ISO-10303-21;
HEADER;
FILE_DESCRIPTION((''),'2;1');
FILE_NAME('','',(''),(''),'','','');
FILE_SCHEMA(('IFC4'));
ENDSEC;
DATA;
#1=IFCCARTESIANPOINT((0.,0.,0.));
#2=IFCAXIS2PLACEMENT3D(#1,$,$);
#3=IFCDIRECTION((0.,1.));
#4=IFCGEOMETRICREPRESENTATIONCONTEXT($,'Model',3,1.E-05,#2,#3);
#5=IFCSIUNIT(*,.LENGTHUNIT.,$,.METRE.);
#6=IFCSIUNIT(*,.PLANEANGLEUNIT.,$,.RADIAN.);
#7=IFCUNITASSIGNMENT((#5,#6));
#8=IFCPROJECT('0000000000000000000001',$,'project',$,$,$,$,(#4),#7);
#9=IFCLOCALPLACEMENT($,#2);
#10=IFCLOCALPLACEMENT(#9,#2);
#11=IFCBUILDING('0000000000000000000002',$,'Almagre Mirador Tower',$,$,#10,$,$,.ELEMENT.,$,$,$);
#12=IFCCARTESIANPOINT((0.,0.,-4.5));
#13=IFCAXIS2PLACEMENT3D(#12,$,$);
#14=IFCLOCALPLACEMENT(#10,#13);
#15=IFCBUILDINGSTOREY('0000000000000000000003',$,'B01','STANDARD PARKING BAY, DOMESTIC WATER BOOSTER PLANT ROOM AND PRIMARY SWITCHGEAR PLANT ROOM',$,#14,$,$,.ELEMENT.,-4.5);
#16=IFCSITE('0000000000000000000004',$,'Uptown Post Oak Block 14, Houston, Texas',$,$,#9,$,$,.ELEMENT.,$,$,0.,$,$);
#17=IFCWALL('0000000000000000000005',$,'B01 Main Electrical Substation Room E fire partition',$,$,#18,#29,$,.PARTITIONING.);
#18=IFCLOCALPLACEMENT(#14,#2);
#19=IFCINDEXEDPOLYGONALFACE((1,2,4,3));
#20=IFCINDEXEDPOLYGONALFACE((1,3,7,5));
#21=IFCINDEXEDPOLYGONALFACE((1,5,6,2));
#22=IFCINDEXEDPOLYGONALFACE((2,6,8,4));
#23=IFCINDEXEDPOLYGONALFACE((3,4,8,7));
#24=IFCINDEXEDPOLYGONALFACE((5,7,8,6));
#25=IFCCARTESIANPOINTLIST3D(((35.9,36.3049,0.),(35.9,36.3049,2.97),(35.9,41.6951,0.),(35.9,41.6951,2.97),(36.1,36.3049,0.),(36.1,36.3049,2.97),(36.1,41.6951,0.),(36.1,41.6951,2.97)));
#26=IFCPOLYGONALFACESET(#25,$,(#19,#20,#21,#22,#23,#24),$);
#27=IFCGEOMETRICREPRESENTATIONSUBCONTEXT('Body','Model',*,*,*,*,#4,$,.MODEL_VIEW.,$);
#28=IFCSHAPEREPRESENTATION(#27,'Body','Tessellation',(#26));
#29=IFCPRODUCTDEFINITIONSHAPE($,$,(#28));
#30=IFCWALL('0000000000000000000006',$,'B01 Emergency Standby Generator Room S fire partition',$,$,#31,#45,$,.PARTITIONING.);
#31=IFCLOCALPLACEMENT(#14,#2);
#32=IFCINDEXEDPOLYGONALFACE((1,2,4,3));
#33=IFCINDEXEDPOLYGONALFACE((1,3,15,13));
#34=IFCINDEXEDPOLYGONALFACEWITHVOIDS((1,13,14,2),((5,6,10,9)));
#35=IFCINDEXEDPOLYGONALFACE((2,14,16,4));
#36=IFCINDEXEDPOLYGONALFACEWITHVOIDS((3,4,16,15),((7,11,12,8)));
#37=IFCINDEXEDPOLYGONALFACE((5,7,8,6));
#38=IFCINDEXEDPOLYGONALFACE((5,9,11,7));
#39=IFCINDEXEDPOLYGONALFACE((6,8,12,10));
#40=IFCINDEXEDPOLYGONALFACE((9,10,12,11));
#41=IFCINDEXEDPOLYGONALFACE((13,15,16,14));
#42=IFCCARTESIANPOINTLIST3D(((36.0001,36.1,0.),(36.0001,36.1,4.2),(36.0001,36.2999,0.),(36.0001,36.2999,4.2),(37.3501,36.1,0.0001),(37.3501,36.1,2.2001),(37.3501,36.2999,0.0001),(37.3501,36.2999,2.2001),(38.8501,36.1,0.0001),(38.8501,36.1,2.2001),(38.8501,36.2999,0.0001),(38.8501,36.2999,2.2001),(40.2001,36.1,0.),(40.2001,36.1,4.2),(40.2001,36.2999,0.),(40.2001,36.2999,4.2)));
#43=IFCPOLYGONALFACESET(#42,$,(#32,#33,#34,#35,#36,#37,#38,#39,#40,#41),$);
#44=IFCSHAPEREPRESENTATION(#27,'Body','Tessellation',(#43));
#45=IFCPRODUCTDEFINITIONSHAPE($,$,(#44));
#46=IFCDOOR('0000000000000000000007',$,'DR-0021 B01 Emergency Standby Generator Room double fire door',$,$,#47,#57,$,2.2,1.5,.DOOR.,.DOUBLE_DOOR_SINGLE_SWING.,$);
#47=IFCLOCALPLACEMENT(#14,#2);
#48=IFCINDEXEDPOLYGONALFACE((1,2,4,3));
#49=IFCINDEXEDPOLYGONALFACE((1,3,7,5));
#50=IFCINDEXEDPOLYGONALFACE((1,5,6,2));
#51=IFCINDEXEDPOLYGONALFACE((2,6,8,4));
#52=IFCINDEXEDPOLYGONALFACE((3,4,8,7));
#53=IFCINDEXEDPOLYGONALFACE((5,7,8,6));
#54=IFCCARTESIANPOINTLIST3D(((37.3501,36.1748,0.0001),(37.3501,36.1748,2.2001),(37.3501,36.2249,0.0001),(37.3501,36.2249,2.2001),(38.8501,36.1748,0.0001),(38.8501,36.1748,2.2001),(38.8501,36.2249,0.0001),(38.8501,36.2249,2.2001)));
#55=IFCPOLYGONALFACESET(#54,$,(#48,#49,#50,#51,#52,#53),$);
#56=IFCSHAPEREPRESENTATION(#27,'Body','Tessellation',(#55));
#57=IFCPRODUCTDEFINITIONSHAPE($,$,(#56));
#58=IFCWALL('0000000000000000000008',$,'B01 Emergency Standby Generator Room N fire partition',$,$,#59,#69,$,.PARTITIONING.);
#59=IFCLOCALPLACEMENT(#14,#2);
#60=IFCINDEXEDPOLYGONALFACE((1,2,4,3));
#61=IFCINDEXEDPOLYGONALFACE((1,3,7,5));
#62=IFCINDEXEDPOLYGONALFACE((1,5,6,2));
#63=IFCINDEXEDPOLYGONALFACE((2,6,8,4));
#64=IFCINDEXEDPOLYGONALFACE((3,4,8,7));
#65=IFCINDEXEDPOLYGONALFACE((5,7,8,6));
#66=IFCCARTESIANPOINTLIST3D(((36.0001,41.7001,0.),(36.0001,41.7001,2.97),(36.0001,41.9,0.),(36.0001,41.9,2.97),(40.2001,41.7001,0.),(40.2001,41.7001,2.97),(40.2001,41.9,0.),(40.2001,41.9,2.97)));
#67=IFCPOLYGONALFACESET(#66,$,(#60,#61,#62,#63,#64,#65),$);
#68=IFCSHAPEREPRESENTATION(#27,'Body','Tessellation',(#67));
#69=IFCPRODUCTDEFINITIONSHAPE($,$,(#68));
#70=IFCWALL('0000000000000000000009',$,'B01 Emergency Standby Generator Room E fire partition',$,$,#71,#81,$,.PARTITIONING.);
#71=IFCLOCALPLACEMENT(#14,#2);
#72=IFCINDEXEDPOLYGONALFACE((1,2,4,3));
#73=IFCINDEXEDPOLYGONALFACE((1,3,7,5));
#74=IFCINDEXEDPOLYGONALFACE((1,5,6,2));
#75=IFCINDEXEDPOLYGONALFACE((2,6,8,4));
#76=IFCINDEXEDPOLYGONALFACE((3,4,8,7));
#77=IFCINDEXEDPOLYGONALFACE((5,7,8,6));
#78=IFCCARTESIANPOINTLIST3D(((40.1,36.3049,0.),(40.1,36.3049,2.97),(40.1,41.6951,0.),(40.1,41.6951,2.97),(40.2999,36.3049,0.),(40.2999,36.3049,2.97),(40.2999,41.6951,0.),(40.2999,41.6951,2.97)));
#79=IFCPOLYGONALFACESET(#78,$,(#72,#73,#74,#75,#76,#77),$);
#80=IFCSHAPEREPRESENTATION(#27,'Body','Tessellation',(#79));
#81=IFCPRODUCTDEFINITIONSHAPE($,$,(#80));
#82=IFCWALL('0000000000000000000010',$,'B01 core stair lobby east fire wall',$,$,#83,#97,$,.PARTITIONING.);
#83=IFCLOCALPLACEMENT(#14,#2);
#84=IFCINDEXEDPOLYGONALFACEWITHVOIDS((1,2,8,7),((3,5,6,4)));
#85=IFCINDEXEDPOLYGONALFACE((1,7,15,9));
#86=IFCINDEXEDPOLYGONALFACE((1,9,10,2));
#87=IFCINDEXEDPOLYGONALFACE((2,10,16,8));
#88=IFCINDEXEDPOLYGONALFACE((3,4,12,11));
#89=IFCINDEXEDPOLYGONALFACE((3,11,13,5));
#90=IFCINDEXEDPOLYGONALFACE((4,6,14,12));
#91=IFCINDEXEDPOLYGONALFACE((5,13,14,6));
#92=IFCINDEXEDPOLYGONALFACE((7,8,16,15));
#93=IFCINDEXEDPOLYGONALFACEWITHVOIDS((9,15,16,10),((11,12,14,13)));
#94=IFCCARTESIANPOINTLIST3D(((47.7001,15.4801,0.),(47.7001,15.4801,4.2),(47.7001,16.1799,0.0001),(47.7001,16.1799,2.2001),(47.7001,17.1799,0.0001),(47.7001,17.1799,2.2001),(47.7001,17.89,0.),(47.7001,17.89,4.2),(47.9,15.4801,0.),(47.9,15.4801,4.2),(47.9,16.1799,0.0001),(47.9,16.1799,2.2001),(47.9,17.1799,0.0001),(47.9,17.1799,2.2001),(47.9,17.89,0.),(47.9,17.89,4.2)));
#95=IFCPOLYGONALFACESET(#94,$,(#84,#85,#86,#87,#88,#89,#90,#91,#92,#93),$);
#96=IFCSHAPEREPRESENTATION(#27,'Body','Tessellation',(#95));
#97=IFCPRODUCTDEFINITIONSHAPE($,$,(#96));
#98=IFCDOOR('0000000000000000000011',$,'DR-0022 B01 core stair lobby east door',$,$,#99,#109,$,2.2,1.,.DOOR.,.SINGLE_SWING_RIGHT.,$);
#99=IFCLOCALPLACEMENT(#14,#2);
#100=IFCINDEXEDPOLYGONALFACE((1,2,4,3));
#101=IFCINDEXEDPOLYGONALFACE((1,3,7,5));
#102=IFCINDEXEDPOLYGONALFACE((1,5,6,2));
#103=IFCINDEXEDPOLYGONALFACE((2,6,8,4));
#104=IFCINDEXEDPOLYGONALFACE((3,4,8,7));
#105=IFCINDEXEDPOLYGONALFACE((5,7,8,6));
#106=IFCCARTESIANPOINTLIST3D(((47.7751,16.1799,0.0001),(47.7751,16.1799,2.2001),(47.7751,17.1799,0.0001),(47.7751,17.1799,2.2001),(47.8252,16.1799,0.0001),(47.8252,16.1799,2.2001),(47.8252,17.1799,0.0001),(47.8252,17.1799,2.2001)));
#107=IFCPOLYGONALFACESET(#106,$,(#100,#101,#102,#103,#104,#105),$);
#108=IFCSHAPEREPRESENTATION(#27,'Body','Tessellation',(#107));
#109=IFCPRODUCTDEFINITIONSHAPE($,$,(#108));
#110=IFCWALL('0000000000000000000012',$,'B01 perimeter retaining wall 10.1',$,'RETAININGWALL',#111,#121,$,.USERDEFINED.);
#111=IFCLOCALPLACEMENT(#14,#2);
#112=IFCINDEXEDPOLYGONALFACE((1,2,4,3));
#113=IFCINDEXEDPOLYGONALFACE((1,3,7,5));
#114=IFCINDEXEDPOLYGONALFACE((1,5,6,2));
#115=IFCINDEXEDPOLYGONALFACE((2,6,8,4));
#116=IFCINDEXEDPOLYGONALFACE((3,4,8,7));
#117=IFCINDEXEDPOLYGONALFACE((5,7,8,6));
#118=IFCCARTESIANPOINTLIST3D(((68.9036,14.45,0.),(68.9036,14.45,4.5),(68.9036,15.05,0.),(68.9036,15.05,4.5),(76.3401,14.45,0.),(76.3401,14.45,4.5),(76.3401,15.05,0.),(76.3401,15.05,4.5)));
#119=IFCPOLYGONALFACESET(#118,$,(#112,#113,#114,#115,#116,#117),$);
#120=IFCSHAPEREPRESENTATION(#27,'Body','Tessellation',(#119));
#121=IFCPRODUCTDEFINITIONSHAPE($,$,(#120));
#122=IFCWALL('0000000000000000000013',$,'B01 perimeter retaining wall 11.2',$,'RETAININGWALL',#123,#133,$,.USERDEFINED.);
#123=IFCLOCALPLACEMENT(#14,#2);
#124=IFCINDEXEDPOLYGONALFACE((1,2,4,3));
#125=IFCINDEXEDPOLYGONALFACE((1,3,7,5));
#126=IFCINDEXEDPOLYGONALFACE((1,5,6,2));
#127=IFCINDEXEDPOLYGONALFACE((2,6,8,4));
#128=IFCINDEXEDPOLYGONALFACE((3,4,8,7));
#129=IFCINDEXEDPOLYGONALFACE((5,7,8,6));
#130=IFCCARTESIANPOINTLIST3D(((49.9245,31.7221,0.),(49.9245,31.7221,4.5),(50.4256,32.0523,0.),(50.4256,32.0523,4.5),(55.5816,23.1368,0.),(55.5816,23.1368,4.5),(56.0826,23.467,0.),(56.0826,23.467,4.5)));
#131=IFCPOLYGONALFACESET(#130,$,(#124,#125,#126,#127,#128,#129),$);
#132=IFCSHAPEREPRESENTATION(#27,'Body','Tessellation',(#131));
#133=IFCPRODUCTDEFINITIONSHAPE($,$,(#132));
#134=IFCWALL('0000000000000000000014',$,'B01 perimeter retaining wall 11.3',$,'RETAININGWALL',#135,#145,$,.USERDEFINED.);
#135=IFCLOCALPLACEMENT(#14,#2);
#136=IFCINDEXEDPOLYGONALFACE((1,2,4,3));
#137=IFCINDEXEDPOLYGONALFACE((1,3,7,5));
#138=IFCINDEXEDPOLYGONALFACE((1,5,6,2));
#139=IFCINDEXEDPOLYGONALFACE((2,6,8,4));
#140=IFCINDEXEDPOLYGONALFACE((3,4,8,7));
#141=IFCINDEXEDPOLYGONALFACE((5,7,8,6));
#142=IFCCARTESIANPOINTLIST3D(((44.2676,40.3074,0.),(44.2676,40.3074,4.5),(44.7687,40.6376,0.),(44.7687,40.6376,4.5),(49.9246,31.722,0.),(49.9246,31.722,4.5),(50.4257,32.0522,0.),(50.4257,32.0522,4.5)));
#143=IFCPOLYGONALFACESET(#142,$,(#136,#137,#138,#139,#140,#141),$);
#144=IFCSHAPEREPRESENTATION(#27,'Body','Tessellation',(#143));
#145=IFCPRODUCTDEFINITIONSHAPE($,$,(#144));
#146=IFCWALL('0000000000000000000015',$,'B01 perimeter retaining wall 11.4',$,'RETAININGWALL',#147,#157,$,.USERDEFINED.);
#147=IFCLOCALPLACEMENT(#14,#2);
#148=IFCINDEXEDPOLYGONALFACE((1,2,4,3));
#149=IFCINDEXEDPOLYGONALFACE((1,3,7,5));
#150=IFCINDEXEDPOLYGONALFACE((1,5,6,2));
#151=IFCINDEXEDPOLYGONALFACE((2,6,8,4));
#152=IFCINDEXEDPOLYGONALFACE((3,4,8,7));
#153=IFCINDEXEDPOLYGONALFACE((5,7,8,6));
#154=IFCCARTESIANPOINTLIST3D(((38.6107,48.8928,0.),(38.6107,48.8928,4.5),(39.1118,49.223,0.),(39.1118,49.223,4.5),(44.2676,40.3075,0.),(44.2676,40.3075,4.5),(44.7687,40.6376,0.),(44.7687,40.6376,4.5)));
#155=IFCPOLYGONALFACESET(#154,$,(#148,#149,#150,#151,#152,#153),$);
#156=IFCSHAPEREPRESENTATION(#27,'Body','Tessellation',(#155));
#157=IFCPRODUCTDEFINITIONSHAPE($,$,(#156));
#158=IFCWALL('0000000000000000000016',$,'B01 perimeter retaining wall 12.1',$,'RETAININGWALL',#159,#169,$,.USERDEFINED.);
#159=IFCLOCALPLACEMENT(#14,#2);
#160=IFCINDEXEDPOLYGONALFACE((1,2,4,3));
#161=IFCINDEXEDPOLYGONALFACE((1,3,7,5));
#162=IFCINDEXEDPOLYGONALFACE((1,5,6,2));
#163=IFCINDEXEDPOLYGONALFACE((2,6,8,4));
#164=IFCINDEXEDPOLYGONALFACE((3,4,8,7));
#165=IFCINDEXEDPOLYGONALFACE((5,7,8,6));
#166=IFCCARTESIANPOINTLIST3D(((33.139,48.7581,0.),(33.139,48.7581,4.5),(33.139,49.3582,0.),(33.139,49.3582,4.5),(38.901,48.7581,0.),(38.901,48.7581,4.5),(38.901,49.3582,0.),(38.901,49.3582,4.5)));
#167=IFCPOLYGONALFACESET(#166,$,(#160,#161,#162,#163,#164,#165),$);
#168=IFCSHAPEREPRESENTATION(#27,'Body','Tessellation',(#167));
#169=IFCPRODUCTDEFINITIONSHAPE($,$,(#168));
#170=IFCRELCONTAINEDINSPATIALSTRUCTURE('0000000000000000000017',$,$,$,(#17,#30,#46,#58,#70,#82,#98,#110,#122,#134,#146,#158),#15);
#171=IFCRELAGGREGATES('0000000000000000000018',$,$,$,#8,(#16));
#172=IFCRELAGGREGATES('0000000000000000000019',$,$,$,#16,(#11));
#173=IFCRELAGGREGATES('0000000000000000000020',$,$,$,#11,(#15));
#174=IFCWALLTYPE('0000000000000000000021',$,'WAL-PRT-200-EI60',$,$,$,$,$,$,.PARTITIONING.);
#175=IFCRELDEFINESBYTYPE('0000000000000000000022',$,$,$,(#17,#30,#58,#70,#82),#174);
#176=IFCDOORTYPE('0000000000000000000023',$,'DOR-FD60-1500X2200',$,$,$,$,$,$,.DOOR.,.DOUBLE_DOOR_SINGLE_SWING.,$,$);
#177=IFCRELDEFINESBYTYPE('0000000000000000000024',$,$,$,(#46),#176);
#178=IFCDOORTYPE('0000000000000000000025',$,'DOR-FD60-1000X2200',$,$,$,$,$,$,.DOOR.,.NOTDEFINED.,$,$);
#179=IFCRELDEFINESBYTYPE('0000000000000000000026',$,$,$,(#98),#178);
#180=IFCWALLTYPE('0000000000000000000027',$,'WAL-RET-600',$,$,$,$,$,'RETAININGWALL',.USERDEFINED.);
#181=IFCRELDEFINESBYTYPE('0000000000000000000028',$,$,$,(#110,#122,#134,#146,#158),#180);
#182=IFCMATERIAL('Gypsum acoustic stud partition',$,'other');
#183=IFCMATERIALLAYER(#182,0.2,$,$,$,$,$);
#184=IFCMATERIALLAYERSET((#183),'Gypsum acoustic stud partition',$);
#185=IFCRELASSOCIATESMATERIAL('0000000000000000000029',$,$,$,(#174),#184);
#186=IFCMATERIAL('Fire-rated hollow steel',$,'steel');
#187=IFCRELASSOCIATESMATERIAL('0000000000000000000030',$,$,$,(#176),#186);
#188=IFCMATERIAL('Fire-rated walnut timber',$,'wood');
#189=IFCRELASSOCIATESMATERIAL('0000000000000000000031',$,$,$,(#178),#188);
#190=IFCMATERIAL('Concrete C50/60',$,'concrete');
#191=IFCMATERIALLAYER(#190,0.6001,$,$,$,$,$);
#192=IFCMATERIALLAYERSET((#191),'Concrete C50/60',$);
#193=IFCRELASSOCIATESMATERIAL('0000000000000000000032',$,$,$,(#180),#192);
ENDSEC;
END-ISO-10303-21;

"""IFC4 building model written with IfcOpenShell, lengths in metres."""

from ifc_helpers import new_model, si_unit, direction, frame, frame_2d, origin, place, context, subcontext, project, spatial, rectangle, extrude, material, layer, layer_set, type_object, element, fill, save


model = new_model("IFC4")

# Units and contexts
model_context = context("Model", 3, precision=1e-05, world=origin(), true_north=direction((0.0, 1.0)))
body_context = subcontext(model_context, "Body", "Model", "MODEL_VIEW")
ifc_project = project(units=[si_unit("LENGTHUNIT", "METRE"), si_unit("PLANEANGLEUNIT", "RADIAN")], contexts=[model_context])

# Site, building, storey
site_placement = place(None, origin())
site = spatial("IfcSite", under=ifc_project, at=site_placement, Name="Uptown Post Oak Block 14, Houston, Texas", CompositionType="ELEMENT", RefElevation=0.0)
building_placement = place(site_placement, origin())
building = spatial("IfcBuilding", under=site, at=building_placement, Name="Almagre Mirador Tower", CompositionType="ELEMENT")
storey_placement = place(building_placement, frame((0.0, 0.0, -4.5)))
storey = spatial("IfcBuildingStorey", under=building, at=storey_placement, Name="B01", Description="STANDARD PARKING BAY, DOMESTIC WATER BOOSTER PLANT ROOM AND PRIMARY SWITCHGEAR PLANT ROOM", CompositionType="ELEMENT", Elevation=-4.5)

# Wall
ifc_material_1 = material(Name="Gypsum acoustic stud partition", Category="other")
ifc_layer_1 = layer(ifc_material_1, 0.2)
ifc_layer_set_1 = layer_set([ifc_layer_1], Name="Gypsum acoustic stud partition")
wall_type_1 = type_object("IfcWallType", Name="WAL-PRT-200-EI60", PredefinedType="PARTITIONING", material=ifc_layer_set_1)
wall_1_placement = place(storey_placement, frame((36.0, 36.3049, 0.0), z_axis=(0.0, 0.0, 1.0), x_axis=(0.0, 1.0, 0.0)))
element("IfcWall", 1, at=wall_1_placement, inside=storey, type_object=wall_type_1, Name="B01 Main Electrical Substation Room E fire partition", PredefinedType="PARTITIONING", context=body_context, shape_type="SweptSolid", body=[
    extrude(rectangle(XDim=5.3901, YDim=0.2, at=frame_2d((2.6951, 0.0))), origin(), (0.0, 0.0, 1.0), 2.97),
])

# Wall, opening, door
wall_2_placement = place(storey_placement, frame((36.0, 36.2, 0.0), z_axis=(0.0, 0.0, 1.0), x_axis=(1.0, 0.0, 0.0)))
wall_2 = element("IfcWall", 2, at=wall_2_placement, inside=storey, type_object=wall_type_1, Name="B01 Emergency Standby Generator Room S fire partition", PredefinedType="PARTITIONING", context=body_context, shape_type="SweptSolid", body=[
    extrude(rectangle(XDim=4.2, YDim=0.2, at=frame_2d((2.1001, 0.0))), origin(), (0.0, 0.0, 1.0), 4.2),
])
opening_1_placement = place(wall_2_placement, frame((1.3501, 0.0, 0.0)))
opening_1 = element("IfcOpeningElement", 3, at=opening_1_placement, cuts=wall_2, PredefinedType="OPENING", context=body_context, shape_type="SweptSolid", body=[
    extrude(rectangle(XDim=1.5, YDim=2.2, at=frame_2d((0.75, 1.1001))), frame((0.0, 0.1101, 0.0), z_axis=(0.0, -1.0, 0.0), x_axis=(1.0, 0.0, 0.0)), (0.0, 0.0, 1.0), 0.22),
])
ifc_material_2 = material(Name="Fire-rated hollow steel", Category="steel")
door_type_1 = type_object("IfcDoorType", Name="DOR-FD60-1500X2200", OperationType="DOUBLE_DOOR_SINGLE_SWING", PredefinedType="DOOR", material=ifc_material_2)
door_1_placement = place(opening_1_placement, origin())
door_1 = element("IfcDoor", 4, at=door_1_placement, inside=storey, type_object=door_type_1, Name="DR-0021 B01 Emergency Standby Generator Room double fire door", OperationType="DOUBLE_DOOR_SINGLE_SWING", OverallHeight=2.2, OverallWidth=1.5, PredefinedType="DOOR", context=body_context, shape_type="SweptSolid", body=[
    extrude(rectangle(XDim=1.5, YDim=2.2, at=frame_2d((0.75, 1.1001))), frame((0.0, 0.0249, 0.0), z_axis=(0.0, -1.0, 0.0), x_axis=(1.0, 0.0, 0.0)), (0.0, 0.0, 1.0), 0.05),
])
fill(opening_1, door_1)

# Walls
wall_3_placement = place(storey_placement, frame((36.0, 41.8, 0.0), z_axis=(0.0, 0.0, 1.0), x_axis=(1.0, 0.0, 0.0)))
element("IfcWall", 5, at=wall_3_placement, inside=storey, type_object=wall_type_1, Name="B01 Emergency Standby Generator Room N fire partition", PredefinedType="PARTITIONING", context=body_context, shape_type="SweptSolid", body=[
    extrude(rectangle(XDim=4.2, YDim=0.2, at=frame_2d((2.1001, 0.0))), origin(), (0.0, 0.0, 1.0), 2.97),
])
wall_4_placement = place(storey_placement, frame((40.2, 36.3049, 0.0), z_axis=(0.0, 0.0, 1.0), x_axis=(0.0, 1.0, 0.0)))
element("IfcWall", 6, at=wall_4_placement, inside=storey, type_object=wall_type_1, Name="B01 Emergency Standby Generator Room E fire partition", PredefinedType="PARTITIONING", context=body_context, shape_type="SweptSolid", body=[
    extrude(rectangle(XDim=5.3901, YDim=0.2, at=frame_2d((2.6951, 0.0))), origin(), (0.0, 0.0, 1.0), 2.97),
])

# Wall, opening, door
wall_5_placement = place(storey_placement, frame((47.8, 15.48, 0.0), z_axis=(0.0, 0.0, 1.0), x_axis=(0.0, 1.0, 0.0)))
wall_5 = element("IfcWall", 7, at=wall_5_placement, inside=storey, type_object=wall_type_1, Name="B01 core stair lobby east fire wall", PredefinedType="PARTITIONING", context=body_context, shape_type="SweptSolid", body=[
    extrude(rectangle(XDim=2.4099, YDim=0.2, at=frame_2d((1.2051, 0.0))), origin(), (0.0, 0.0, 1.0), 4.2),
])
opening_2_placement = place(wall_5_placement, frame((0.7, 0.0, 0.0)))
opening_2 = element("IfcOpeningElement", 8, at=opening_2_placement, cuts=wall_5, PredefinedType="OPENING", context=body_context, shape_type="SweptSolid", body=[
    extrude(rectangle(XDim=1.0, YDim=2.2, at=frame_2d((0.5, 1.1001))), frame((0.0, 0.1101, 0.0), z_axis=(0.0, -1.0, 0.0), x_axis=(1.0, 0.0, 0.0)), (0.0, 0.0, 1.0), 0.22),
])
ifc_material_3 = material(Name="Fire-rated walnut timber", Category="wood")
door_type_2 = type_object("IfcDoorType", Name="DOR-FD60-1000X2200", OperationType="NOTDEFINED", PredefinedType="DOOR", material=ifc_material_3)
door_2_placement = place(opening_2_placement, origin())
door_2 = element("IfcDoor", 9, at=door_2_placement, inside=storey, type_object=door_type_2, Name="DR-0022 B01 core stair lobby east door", OperationType="SINGLE_SWING_RIGHT", OverallHeight=2.2, OverallWidth=1.0, PredefinedType="DOOR", context=body_context, shape_type="SweptSolid", body=[
    extrude(rectangle(XDim=1.0, YDim=2.2, at=frame_2d((0.5, 1.1001))), frame((0.0, 0.0249, 0.0), z_axis=(0.0, -1.0, 0.0), x_axis=(1.0, 0.0, 0.0)), (0.0, 0.0, 1.0), 0.05),
])
fill(opening_2, door_2)

# Walls
ifc_material_4 = material(Name="Concrete C50/60", Category="concrete")
ifc_layer_2 = layer(ifc_material_4, 0.6001)
ifc_layer_set_2 = layer_set([ifc_layer_2], Name="Concrete C50/60")
wall_type_2 = type_object("IfcWallType", Name="WAL-RET-600", ElementType="RETAININGWALL", PredefinedType="USERDEFINED", material=ifc_layer_set_2)
wall_6_placement = place(storey_placement, frame((76.3401, 14.75, 0.0), z_axis=(0.0, 0.0, 1.0), x_axis=(-1.0, 0.0, 0.0)))
element("IfcWall", 10, at=wall_6_placement, inside=storey, type_object=wall_type_2, Name="B01 perimeter retaining wall 10.1", ObjectType="RETAININGWALL", PredefinedType="USERDEFINED", context=body_context, shape_type="SweptSolid", body=[
    extrude(rectangle(XDim=7.4365, YDim=0.6001, at=frame_2d((3.7183, 0.0))), origin(), (0.0, 0.0, 1.0), 4.5),
])
for number, where, z_axis, x_axis, name in (
    (11, (55.832, 23.302, 0.0), (0.0, 0.0, 1.0), (-0.550215, 0.835023, 0.0), "B01 perimeter retaining wall 11.2"),
    (12, (50.175, 31.8872, 0.0), (0.0, 0.0, 1.0), (-0.550204, 0.83503, 0.0), "B01 perimeter retaining wall 11.3"),
    (13, (44.5181, 40.4727, 0.0), (0.0, 0.0, 1.0), (-0.550204, 0.83503, 0.0), "B01 perimeter retaining wall 11.4"),
):
    element("IfcWall", number, at=place(storey_placement, frame(where, z_axis=z_axis, x_axis=x_axis)), inside=storey, type_object=wall_type_2, Name=name, ObjectType="RETAININGWALL", PredefinedType="USERDEFINED", context=body_context, shape_type="SweptSolid", body=[
        extrude(rectangle(XDim=10.2815, YDim=0.6001, at=frame_2d((5.1406, 0.0))), origin(), (0.0, 0.0, 1.0), 4.5),
    ])
wall_7_placement = place(storey_placement, frame((38.9009, 49.0581, 0.0), z_axis=(0.0, 0.0, 1.0), x_axis=(-1.0, 0.0, 0.0)))
element("IfcWall", 14, at=wall_7_placement, inside=storey, type_object=wall_type_2, Name="B01 perimeter retaining wall 12.1", ObjectType="RETAININGWALL", PredefinedType="USERDEFINED", context=body_context, shape_type="SweptSolid", body=[
    extrude(rectangle(XDim=5.762, YDim=0.6001, at=frame_2d((2.8809, 0.0))), origin(), (0.0, 0.0, 1.0), 4.5),
])

save(model, "model.ifc")
